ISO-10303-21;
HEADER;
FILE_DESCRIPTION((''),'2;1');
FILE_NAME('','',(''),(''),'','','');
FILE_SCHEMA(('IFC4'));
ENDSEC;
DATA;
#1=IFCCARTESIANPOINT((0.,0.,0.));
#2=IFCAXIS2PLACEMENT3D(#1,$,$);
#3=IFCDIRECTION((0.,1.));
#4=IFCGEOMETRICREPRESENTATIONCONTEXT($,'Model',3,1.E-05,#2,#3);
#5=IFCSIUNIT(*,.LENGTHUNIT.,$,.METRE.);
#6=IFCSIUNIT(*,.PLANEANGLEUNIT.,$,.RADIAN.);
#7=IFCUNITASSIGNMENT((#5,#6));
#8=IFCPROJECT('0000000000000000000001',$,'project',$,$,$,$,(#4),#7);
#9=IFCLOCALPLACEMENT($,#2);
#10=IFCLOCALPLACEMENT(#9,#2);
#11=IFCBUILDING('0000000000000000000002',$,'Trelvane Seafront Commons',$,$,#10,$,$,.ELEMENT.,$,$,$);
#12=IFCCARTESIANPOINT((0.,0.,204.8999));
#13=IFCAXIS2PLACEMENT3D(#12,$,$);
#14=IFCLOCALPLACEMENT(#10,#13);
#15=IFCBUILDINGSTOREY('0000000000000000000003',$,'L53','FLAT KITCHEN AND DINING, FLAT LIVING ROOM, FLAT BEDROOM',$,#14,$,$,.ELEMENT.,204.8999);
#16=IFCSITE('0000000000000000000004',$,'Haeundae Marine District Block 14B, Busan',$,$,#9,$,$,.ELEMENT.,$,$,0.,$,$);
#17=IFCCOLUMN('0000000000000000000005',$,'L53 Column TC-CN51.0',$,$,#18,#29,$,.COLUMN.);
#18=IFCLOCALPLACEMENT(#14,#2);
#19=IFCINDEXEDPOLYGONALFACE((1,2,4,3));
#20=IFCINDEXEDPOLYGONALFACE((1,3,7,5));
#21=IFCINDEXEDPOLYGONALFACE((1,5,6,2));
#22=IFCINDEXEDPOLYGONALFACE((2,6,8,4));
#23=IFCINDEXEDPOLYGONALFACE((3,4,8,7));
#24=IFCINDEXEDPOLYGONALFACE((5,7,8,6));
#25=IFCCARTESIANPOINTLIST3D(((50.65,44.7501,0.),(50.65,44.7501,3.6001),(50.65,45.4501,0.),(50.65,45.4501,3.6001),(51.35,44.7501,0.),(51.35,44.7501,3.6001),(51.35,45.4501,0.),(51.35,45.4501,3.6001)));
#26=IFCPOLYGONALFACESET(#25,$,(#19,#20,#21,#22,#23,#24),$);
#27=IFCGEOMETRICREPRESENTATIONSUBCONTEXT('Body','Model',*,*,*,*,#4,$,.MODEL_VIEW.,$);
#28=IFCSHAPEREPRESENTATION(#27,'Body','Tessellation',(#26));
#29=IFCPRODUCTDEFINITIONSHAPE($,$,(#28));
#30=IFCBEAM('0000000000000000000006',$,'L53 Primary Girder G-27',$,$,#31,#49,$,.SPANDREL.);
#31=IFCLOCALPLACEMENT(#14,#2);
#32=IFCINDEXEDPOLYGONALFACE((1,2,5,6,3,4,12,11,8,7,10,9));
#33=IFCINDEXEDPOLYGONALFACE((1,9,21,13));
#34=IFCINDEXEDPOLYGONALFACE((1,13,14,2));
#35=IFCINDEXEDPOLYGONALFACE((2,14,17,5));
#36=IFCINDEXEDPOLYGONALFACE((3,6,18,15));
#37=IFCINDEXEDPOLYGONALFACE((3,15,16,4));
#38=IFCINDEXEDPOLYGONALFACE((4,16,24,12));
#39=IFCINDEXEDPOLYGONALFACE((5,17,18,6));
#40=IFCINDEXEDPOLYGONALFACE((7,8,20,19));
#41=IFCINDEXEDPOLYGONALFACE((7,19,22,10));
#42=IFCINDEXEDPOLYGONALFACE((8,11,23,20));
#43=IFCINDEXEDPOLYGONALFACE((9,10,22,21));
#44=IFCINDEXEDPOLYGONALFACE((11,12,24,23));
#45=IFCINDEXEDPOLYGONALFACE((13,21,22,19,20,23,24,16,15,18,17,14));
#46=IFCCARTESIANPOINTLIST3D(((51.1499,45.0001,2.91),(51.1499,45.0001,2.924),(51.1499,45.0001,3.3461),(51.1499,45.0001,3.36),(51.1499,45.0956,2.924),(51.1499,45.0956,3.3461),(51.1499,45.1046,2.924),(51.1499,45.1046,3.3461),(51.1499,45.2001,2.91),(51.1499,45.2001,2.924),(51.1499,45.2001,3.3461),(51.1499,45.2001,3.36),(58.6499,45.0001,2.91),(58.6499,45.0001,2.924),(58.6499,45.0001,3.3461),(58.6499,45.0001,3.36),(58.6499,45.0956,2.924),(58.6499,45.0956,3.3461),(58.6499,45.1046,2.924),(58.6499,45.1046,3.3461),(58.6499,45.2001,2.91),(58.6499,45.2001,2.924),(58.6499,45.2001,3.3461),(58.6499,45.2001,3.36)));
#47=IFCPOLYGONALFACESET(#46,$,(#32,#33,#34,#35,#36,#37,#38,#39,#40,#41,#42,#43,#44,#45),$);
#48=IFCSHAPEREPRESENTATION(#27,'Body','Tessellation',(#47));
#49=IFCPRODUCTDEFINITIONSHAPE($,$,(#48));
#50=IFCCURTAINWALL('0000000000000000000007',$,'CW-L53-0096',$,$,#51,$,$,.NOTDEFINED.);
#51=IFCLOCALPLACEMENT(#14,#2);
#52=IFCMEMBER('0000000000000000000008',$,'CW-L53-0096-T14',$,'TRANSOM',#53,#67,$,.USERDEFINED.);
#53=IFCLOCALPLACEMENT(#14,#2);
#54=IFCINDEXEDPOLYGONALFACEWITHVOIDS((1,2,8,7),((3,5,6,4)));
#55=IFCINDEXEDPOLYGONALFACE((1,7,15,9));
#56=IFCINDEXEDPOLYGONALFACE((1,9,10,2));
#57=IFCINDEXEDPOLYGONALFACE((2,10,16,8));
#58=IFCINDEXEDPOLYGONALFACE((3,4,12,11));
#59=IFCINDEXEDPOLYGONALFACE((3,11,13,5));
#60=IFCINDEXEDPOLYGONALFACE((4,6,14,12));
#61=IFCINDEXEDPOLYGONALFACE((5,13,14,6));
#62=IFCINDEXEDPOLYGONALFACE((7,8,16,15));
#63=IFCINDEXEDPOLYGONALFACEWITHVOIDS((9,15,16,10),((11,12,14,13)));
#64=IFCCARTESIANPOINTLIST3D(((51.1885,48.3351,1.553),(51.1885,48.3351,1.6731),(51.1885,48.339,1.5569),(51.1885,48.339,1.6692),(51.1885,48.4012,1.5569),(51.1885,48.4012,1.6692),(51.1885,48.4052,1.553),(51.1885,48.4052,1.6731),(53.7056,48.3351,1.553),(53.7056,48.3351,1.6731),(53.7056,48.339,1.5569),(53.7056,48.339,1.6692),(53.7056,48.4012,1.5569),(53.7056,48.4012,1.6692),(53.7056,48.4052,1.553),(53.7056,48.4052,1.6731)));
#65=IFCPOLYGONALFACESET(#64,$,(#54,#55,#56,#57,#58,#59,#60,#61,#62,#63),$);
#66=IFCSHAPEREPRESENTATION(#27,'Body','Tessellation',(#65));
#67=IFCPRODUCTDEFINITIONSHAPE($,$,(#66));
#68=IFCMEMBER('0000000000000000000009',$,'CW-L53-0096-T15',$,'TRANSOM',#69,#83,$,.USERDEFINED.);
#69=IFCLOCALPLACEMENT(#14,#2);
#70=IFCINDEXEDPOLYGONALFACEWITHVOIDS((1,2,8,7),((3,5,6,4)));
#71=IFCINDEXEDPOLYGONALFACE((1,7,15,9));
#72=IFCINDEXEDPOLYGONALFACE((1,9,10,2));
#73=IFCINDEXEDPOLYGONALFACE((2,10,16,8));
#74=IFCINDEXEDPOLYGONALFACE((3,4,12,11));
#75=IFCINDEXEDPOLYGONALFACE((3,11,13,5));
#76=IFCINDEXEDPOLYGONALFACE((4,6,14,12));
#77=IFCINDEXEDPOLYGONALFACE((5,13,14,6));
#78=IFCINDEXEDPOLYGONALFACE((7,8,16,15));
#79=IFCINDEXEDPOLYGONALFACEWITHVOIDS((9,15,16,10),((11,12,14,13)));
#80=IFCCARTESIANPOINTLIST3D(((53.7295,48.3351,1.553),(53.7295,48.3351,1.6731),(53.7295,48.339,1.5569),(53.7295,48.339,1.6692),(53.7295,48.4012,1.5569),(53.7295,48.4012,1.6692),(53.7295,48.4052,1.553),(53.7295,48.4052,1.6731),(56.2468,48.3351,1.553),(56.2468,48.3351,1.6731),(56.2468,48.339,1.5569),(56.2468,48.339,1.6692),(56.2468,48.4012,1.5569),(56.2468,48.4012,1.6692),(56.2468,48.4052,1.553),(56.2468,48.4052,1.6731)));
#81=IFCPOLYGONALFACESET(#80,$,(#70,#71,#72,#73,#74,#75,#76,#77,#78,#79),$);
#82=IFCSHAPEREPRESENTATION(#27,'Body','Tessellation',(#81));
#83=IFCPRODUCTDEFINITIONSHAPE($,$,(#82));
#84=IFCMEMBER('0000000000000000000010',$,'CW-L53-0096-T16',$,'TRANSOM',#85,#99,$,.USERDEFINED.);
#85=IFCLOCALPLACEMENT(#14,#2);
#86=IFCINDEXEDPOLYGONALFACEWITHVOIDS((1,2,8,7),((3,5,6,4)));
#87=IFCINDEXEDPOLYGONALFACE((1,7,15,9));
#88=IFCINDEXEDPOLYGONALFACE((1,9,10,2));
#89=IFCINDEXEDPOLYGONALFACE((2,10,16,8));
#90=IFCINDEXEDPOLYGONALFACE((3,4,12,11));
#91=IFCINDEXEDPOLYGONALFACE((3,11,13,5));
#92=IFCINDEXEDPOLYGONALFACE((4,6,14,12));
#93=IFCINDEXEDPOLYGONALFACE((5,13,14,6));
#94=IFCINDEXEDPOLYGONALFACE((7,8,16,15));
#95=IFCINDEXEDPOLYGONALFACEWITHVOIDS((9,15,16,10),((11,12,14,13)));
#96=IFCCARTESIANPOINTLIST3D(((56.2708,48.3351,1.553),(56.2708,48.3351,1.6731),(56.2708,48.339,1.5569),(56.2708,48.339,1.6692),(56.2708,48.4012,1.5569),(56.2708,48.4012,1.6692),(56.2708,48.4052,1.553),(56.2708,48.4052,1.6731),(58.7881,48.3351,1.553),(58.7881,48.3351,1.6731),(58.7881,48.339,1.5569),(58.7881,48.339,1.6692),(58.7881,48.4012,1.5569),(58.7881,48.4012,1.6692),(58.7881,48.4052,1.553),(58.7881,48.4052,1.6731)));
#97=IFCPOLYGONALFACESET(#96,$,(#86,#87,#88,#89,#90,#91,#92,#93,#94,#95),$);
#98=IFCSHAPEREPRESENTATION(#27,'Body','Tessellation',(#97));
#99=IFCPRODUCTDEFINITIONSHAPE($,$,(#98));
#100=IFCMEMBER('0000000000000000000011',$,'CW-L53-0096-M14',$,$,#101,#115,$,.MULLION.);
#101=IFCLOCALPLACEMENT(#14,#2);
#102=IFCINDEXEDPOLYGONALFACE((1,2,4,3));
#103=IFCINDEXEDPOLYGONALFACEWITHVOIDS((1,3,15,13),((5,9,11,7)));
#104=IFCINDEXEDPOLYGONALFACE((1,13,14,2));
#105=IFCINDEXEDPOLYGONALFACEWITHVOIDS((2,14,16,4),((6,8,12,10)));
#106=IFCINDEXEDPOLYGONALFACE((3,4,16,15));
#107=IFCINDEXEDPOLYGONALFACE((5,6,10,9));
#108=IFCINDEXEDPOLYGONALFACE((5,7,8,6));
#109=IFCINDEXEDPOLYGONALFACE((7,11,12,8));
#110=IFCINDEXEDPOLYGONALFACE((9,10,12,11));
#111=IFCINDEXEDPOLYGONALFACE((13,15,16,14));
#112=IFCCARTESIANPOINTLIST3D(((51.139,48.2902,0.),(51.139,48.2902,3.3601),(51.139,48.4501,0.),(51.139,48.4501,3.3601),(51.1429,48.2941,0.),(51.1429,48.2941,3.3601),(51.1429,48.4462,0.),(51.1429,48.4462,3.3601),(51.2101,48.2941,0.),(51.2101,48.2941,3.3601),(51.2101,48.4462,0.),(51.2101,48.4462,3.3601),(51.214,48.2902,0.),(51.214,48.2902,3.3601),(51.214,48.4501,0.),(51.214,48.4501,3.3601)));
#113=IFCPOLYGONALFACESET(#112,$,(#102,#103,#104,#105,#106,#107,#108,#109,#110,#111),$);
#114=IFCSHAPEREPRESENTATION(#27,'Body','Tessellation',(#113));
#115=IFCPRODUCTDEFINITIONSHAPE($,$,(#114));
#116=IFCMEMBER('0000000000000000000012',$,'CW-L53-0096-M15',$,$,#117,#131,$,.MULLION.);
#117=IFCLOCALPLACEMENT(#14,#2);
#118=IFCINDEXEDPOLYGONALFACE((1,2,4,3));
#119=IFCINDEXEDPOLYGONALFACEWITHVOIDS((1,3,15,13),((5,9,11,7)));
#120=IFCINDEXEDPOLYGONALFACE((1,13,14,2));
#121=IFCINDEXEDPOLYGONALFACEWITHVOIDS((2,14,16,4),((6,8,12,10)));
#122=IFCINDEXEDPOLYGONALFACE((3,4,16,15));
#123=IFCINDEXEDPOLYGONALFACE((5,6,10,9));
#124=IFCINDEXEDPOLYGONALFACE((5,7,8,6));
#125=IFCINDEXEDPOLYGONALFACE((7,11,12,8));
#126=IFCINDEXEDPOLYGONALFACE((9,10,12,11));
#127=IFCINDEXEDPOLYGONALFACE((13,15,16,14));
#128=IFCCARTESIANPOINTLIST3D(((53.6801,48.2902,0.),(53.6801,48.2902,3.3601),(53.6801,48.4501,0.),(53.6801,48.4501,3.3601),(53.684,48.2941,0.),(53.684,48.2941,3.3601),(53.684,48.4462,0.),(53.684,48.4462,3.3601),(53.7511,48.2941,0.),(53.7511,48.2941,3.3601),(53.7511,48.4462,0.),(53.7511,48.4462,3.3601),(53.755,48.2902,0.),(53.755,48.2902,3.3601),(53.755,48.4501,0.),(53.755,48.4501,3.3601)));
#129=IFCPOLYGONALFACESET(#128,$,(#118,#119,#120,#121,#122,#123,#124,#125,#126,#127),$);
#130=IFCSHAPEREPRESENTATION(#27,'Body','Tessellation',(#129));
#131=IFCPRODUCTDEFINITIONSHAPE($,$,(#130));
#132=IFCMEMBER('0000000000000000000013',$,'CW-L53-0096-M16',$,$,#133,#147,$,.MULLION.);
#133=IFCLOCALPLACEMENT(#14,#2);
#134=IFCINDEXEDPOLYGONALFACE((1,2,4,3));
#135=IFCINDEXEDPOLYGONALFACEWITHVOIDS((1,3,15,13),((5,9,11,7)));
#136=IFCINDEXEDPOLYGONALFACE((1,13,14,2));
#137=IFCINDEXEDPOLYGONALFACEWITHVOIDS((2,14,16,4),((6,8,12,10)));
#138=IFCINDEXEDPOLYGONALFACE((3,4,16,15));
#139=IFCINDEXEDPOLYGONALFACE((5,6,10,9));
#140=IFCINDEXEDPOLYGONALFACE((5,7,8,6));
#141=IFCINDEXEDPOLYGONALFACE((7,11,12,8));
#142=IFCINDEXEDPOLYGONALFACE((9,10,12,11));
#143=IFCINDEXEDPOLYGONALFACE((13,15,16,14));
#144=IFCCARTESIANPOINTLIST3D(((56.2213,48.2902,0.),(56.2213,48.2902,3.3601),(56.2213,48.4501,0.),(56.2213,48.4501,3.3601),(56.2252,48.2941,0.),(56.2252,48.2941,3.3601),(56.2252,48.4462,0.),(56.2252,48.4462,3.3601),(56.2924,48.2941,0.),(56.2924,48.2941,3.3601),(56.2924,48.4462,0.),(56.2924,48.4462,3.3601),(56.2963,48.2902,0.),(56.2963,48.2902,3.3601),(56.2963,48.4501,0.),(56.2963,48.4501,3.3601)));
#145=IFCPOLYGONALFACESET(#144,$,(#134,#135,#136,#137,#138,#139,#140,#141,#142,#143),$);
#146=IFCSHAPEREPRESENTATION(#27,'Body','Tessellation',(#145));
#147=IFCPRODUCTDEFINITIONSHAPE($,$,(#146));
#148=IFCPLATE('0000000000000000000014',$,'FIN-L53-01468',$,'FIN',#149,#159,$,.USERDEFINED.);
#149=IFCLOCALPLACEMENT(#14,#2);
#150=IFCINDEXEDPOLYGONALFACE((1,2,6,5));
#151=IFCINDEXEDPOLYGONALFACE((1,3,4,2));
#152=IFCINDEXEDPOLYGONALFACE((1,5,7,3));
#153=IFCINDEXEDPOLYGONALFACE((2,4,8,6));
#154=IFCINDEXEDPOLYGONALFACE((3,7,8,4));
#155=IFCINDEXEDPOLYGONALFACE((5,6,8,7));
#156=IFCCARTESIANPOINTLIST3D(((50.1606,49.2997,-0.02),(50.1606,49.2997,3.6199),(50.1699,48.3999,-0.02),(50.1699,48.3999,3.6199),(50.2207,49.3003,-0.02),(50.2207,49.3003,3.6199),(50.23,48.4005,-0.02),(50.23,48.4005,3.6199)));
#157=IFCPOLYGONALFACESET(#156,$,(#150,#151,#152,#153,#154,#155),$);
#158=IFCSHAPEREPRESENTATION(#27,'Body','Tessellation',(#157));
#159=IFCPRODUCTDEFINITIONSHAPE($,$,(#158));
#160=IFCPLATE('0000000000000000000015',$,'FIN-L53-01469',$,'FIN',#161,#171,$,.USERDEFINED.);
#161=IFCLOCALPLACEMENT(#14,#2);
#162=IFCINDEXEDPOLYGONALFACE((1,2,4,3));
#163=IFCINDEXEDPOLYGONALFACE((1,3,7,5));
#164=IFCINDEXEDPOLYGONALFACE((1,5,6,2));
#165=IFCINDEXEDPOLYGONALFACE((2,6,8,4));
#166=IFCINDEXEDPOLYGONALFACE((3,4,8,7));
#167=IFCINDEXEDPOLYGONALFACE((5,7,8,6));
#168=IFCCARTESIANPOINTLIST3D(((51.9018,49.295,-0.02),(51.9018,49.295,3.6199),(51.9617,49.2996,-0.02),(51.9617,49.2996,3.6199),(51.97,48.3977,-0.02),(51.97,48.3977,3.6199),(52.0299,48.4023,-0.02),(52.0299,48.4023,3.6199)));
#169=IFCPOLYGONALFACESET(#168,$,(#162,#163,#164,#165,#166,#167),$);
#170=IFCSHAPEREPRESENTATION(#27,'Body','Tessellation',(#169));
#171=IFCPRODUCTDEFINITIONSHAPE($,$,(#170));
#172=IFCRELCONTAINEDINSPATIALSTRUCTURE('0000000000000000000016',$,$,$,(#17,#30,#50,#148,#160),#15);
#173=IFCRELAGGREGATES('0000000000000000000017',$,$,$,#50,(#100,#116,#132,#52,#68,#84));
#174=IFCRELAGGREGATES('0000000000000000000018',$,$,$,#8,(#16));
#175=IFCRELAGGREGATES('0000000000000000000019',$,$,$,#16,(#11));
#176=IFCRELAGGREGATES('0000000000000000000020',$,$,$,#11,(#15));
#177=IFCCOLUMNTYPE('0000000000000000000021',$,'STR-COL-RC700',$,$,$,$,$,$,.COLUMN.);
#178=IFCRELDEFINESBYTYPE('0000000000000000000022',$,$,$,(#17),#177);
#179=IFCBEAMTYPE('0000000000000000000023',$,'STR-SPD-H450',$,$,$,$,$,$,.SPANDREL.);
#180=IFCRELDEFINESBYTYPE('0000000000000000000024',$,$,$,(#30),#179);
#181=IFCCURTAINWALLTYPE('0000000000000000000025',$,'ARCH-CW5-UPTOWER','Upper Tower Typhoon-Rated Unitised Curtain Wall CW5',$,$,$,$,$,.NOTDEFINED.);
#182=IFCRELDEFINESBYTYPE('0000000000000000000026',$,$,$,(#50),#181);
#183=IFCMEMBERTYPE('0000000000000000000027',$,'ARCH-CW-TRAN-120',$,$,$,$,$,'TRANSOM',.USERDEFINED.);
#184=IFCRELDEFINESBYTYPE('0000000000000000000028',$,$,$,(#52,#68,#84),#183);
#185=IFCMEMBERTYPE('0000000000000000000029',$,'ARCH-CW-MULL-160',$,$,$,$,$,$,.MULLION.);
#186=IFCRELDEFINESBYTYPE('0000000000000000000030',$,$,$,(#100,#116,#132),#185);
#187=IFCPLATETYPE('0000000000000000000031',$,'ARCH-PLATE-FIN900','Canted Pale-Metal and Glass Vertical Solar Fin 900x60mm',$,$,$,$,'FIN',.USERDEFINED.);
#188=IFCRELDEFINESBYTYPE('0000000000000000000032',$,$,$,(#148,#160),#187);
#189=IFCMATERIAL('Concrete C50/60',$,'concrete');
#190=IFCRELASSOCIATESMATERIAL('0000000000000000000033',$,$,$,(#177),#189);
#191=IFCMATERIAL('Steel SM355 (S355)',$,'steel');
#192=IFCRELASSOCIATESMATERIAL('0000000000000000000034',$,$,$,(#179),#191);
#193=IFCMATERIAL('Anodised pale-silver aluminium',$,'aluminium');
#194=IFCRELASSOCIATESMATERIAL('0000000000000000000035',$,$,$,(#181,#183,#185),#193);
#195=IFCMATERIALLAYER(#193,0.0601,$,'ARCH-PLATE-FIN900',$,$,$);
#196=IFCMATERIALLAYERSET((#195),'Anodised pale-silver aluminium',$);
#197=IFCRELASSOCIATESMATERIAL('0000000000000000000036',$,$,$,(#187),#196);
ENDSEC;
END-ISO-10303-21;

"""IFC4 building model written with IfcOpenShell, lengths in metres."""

from ifc_helpers import new_model, si_unit, direction, frame, origin, origin_2d, place, context, subcontext, project, spatial, rectangle, hollow_rectangle, i_section, extrude, source, transform, mapped, material, layer, layer_set, material_profile, profile_set, type_object, element, aggregate, save


model = new_model("IFC4")

# Units and contexts
model_context = context("Model", 3, precision=1e-05, world=origin(), true_north=direction((0.0, 1.0)))
body_context = subcontext(model_context, "Body", "Model", "MODEL_VIEW")
ifc_project = project(units=[si_unit("LENGTHUNIT", "METRE"), si_unit("PLANEANGLEUNIT", "RADIAN")], contexts=[model_context])

# Site, building, storey
site_placement = place(None, origin())
site = spatial("IfcSite", under=ifc_project, at=site_placement, Name="Haeundae Marine District Block 14B, Busan", CompositionType="ELEMENT", RefElevation=0.0)
building_placement = place(site_placement, origin())
building = spatial("IfcBuilding", under=site, at=building_placement, Name="Trelvane Seafront Commons", CompositionType="ELEMENT")
storey_placement = place(building_placement, frame((0.0, 0.0, 204.8999)))
storey = spatial("IfcBuildingStorey", under=building, at=storey_placement, Name="L53", Description="FLAT KITCHEN AND DINING, FLAT LIVING ROOM, FLAT BEDROOM", CompositionType="ELEMENT", Elevation=204.8999)

# Column
ifc_material_1 = material(Name="Concrete C50/60", Category="concrete")
ifc_material_profile_1 = material_profile(ifc_material_1, rectangle(XDim=0.7, YDim=0.7, at=origin_2d()), Name="RC-700x700")
ifc_profile_set_1 = profile_set([ifc_material_profile_1], Name="Concrete C50/60")
column_type = type_object("IfcColumnType", Name="STR-COL-RC700", PredefinedType="COLUMN", material=ifc_profile_set_1)
shared_shape_1 = source(origin(), body_context, "Body", "SweptSolid", [
    extrude(rectangle(XDim=0.7, YDim=0.7, at=origin_2d()), origin(), (0.0, 0.0, 1.0), 3.6001),
])
column_placement = place(storey_placement, frame((51.0, 45.1001, 0.0), z_axis=(0.0, 0.0, 1.0), x_axis=(1.0, 0.0, 0.0)))
element("IfcColumn", 1, at=column_placement, inside=storey, type_object=column_type, Name="L53 Column TC-CN51.0", PredefinedType="COLUMN", context=body_context, shape_type="MappedRepresentation", body=[
    mapped(shared_shape_1, transform((0.0, 0.0, 0.0), x_axis=(1.0, 0.0, 0.0), y_axis=(0.0, 1.0, 0.0), z_axis=(0.0, 0.0, 1.0), scale=1.0)),
])

# Beam
ifc_material_2 = material(Name="Steel SM355 (S355)", Category="steel")
ifc_material_profile_2 = material_profile(ifc_material_2, i_section(OverallWidth=0.2, OverallDepth=0.45, WebThickness=0.009, FlangeThickness=0.0139, at=origin_2d()), Name="H-450x200x9x14")
ifc_profile_set_2 = profile_set([ifc_material_profile_2], Name="Steel SM355 (S355)")
beam_type = type_object("IfcBeamType", Name="STR-SPD-H450", PredefinedType="SPANDREL", material=ifc_profile_set_2)
shared_shape_2 = source(origin(), body_context, "Body", "SweptSolid", [
    extrude(i_section(OverallWidth=0.2, OverallDepth=0.45, WebThickness=0.009, FlangeThickness=0.0139, at=origin_2d()), origin(), (0.0, 0.0, 1.0), 7.5),
])
beam_placement = place(storey_placement, frame((51.1499, 45.1001, 3.135), z_axis=(1.0, 0.0, 0.0), x_axis=(0.0, 1.0, 0.0)))
element("IfcBeam", 2, at=beam_placement, inside=storey, type_object=beam_type, Name="L53 Primary Girder G-27", PredefinedType="SPANDREL", context=body_context, shape_type="MappedRepresentation", body=[
    mapped(shared_shape_2, transform((0.0, 0.0, 0.0), x_axis=(1.0, 0.0, 0.0), y_axis=(0.0, 1.0, 0.0), z_axis=(0.0, 0.0, 1.0), scale=1.0)),
])

# Curtain wall, members
ifc_material_3 = material(Name="Anodised pale-silver aluminium", Category="aluminium")
curtain_wall_type = type_object("IfcCurtainWallType", Name="ARCH-CW5-UPTOWER", Description="Upper Tower Typhoon-Rated Unitised Curtain Wall CW5", PredefinedType="NOTDEFINED", material=ifc_material_3)
curtain_wall_placement = place(storey_placement, origin())
curtain_wall = element("IfcCurtainWall", 3, at=curtain_wall_placement, inside=storey, type_object=curtain_wall_type, Name="CW-L53-0096", PredefinedType="NOTDEFINED")
ifc_material_profile_3 = material_profile(ifc_material_3, hollow_rectangle(XDim=0.0701, YDim=0.1201, WallThickness=0.0039, at=origin_2d()), Name="TRAN-70x120x4")
ifc_profile_set_3 = profile_set([ifc_material_profile_3], Name="Anodised pale-silver aluminium")
member_type_1 = type_object("IfcMemberType", Name="ARCH-CW-TRAN-120", ElementType="TRANSOM", PredefinedType="USERDEFINED", material=ifc_profile_set_3)
shared_shape_3 = source(origin(), body_context, "Body", "SweptSolid", [
    extrude(hollow_rectangle(XDim=0.0701, YDim=0.1201, WallThickness=0.0039, at=origin_2d()), origin(), (0.0, 0.0, 1.0), 2.5171),
])
member_1_placement = place(storey_placement, frame((51.1885, 48.3701, 1.613), z_axis=(1.0, 0.0, 0.0), x_axis=(0.0, 1.0, 0.0)))
member_1 = element("IfcMember", 4, at=member_1_placement, type_object=member_type_1, Name="CW-L53-0096-T14", ObjectType="TRANSOM", PredefinedType="USERDEFINED", context=body_context, shape_type="MappedRepresentation", body=[
    mapped(shared_shape_3, transform((0.0, 0.0, 0.0), x_axis=(1.0, 0.0, 0.0), y_axis=(0.0, 1.0, 0.0), z_axis=(0.0, 0.0, 1.0), scale=1.0)),
])
shared_shape_4 = source(origin(), body_context, "Body", "SweptSolid", [
    extrude(hollow_rectangle(XDim=0.0701, YDim=0.1201, WallThickness=0.0039, at=origin_2d()), origin(), (0.0, 0.0, 1.0), 2.5173),
])
member_2_placement = place(storey_placement, frame((53.7295, 48.3701, 1.613), z_axis=(1.0, 0.0, 0.0), x_axis=(0.0, 1.0, 0.0)))
member_2 = element("IfcMember", 5, at=member_2_placement, type_object=member_type_1, Name="CW-L53-0096-T15", ObjectType="TRANSOM", PredefinedType="USERDEFINED", context=body_context, shape_type="MappedRepresentation", body=[
    mapped(shared_shape_4, transform((0.0, 0.0, 0.0), x_axis=(1.0, 0.0, 0.0), y_axis=(0.0, 1.0, 0.0), z_axis=(0.0, 0.0, 1.0), scale=1.0)),
])
member_3_placement = place(storey_placement, frame((56.2708, 48.3701, 1.613), z_axis=(1.0, 0.0, 0.0), x_axis=(0.0, 1.0, 0.0)))
member_3 = element("IfcMember", 6, at=member_3_placement, type_object=member_type_1, Name="CW-L53-0096-T16", ObjectType="TRANSOM", PredefinedType="USERDEFINED", context=body_context, shape_type="MappedRepresentation", body=[
    mapped(shared_shape_4, transform((0.0, 0.0, 0.0), x_axis=(1.0, 0.0, 0.0), y_axis=(0.0, 1.0, 0.0), z_axis=(0.0, 0.0, 1.0), scale=1.0)),
])
ifc_material_profile_4 = material_profile(ifc_material_3, hollow_rectangle(XDim=0.075, YDim=0.1599, WallThickness=0.0039, at=origin_2d()), Name="MULL-75x160x4")
ifc_profile_set_4 = profile_set([ifc_material_profile_4], Name="Anodised pale-silver aluminium")
member_type_2 = type_object("IfcMemberType", Name="ARCH-CW-MULL-160", PredefinedType="MULLION", material=ifc_profile_set_4)
shared_shape_5 = source(origin(), body_context, "Body", "SweptSolid", [
    extrude(hollow_rectangle(XDim=0.075, YDim=0.1599, WallThickness=0.0039, at=origin_2d()), origin(), (0.0, 0.0, 1.0), 3.3601),
])
member_4_placement = place(storey_placement, frame((51.1765, 48.3701, 0.0), z_axis=(0.0, 0.0, 1.0), x_axis=(1.0, 0.0, 0.0)))
member_4 = element("IfcMember", 7, at=member_4_placement, type_object=member_type_2, Name="CW-L53-0096-M14", PredefinedType="MULLION", context=body_context, shape_type="MappedRepresentation", body=[
    mapped(shared_shape_5, transform((0.0, 0.0, 0.0), x_axis=(1.0, 0.0, 0.0), y_axis=(0.0, 1.0, 0.0), z_axis=(0.0, 0.0, 1.0), scale=1.0)),
])
member_5_placement = place(storey_placement, frame((53.7175, 48.3701, 0.0), z_axis=(0.0, 0.0, 1.0), x_axis=(1.0, 0.0, 0.0)))
member_5 = element("IfcMember", 8, at=member_5_placement, type_object=member_type_2, Name="CW-L53-0096-M15", PredefinedType="MULLION", context=body_context, shape_type="MappedRepresentation", body=[
    mapped(shared_shape_5, transform((0.0, 0.0, 0.0), x_axis=(1.0, 0.0, 0.0), y_axis=(0.0, 1.0, 0.0), z_axis=(0.0, 0.0, 1.0), scale=1.0)),
])
member_6_placement = place(storey_placement, frame((56.2588, 48.3701, 0.0), z_axis=(0.0, 0.0, 1.0), x_axis=(1.0, 0.0, 0.0)))
member_6 = element("IfcMember", 9, at=member_6_placement, type_object=member_type_2, Name="CW-L53-0096-M16", PredefinedType="MULLION", context=body_context, shape_type="MappedRepresentation", body=[
    mapped(shared_shape_5, transform((0.0, 0.0, 0.0), x_axis=(1.0, 0.0, 0.0), y_axis=(0.0, 1.0, 0.0), z_axis=(0.0, 0.0, 1.0), scale=1.0)),
])

# Plates
ifc_layer_1 = layer(ifc_material_3, 0.0601, Name="ARCH-PLATE-FIN900")
ifc_layer_set_1 = layer_set([ifc_layer_1], Name="Anodised pale-silver aluminium")
plate_type_1 = type_object("IfcPlateType", Name="ARCH-PLATE-FIN900", Description="Canted Pale-Metal and Glass Vertical Solar Fin 900x60mm", ElementType="FIN", PredefinedType="USERDEFINED", material=ifc_layer_set_1)
shared_shape_6 = source(origin(), body_context, "Body", "SweptSolid", [
    extrude(rectangle(XDim=0.8999, YDim=0.0601, at=origin_2d()), origin(), (0.0, 0.0, 1.0), 3.6399),
])
for number, where, z_axis, x_axis, name in (
    (10, (50.1953, 48.8501, -0.02), (0.0, 0.0, 1.0), (-0.010332, 0.999947, 0.0), "FIN-L53-01468"),
    (11, (51.9658, 48.8486, -0.02), (0.0, 0.0, 1.0), (-0.075779, 0.997125, 0.0), "FIN-L53-01469"),
):
    element("IfcPlate", number, at=place(storey_placement, frame(where, z_axis=z_axis, x_axis=x_axis)), inside=storey, type_object=plate_type_1, Name=name, ObjectType="FIN", PredefinedType="USERDEFINED", context=body_context, shape_type="MappedRepresentation", body=[
        mapped(shared_shape_6, transform((0.0, 0.0, 0.0), x_axis=(1.0, 0.0, 0.0), y_axis=(0.0, 1.0, 0.0), z_axis=(0.0, 0.0, 1.0), scale=1.0)),
    ])

aggregate(curtain_wall, [member_4, member_5, member_6, member_1, member_2, member_3])

save(model, "model.ifc")
